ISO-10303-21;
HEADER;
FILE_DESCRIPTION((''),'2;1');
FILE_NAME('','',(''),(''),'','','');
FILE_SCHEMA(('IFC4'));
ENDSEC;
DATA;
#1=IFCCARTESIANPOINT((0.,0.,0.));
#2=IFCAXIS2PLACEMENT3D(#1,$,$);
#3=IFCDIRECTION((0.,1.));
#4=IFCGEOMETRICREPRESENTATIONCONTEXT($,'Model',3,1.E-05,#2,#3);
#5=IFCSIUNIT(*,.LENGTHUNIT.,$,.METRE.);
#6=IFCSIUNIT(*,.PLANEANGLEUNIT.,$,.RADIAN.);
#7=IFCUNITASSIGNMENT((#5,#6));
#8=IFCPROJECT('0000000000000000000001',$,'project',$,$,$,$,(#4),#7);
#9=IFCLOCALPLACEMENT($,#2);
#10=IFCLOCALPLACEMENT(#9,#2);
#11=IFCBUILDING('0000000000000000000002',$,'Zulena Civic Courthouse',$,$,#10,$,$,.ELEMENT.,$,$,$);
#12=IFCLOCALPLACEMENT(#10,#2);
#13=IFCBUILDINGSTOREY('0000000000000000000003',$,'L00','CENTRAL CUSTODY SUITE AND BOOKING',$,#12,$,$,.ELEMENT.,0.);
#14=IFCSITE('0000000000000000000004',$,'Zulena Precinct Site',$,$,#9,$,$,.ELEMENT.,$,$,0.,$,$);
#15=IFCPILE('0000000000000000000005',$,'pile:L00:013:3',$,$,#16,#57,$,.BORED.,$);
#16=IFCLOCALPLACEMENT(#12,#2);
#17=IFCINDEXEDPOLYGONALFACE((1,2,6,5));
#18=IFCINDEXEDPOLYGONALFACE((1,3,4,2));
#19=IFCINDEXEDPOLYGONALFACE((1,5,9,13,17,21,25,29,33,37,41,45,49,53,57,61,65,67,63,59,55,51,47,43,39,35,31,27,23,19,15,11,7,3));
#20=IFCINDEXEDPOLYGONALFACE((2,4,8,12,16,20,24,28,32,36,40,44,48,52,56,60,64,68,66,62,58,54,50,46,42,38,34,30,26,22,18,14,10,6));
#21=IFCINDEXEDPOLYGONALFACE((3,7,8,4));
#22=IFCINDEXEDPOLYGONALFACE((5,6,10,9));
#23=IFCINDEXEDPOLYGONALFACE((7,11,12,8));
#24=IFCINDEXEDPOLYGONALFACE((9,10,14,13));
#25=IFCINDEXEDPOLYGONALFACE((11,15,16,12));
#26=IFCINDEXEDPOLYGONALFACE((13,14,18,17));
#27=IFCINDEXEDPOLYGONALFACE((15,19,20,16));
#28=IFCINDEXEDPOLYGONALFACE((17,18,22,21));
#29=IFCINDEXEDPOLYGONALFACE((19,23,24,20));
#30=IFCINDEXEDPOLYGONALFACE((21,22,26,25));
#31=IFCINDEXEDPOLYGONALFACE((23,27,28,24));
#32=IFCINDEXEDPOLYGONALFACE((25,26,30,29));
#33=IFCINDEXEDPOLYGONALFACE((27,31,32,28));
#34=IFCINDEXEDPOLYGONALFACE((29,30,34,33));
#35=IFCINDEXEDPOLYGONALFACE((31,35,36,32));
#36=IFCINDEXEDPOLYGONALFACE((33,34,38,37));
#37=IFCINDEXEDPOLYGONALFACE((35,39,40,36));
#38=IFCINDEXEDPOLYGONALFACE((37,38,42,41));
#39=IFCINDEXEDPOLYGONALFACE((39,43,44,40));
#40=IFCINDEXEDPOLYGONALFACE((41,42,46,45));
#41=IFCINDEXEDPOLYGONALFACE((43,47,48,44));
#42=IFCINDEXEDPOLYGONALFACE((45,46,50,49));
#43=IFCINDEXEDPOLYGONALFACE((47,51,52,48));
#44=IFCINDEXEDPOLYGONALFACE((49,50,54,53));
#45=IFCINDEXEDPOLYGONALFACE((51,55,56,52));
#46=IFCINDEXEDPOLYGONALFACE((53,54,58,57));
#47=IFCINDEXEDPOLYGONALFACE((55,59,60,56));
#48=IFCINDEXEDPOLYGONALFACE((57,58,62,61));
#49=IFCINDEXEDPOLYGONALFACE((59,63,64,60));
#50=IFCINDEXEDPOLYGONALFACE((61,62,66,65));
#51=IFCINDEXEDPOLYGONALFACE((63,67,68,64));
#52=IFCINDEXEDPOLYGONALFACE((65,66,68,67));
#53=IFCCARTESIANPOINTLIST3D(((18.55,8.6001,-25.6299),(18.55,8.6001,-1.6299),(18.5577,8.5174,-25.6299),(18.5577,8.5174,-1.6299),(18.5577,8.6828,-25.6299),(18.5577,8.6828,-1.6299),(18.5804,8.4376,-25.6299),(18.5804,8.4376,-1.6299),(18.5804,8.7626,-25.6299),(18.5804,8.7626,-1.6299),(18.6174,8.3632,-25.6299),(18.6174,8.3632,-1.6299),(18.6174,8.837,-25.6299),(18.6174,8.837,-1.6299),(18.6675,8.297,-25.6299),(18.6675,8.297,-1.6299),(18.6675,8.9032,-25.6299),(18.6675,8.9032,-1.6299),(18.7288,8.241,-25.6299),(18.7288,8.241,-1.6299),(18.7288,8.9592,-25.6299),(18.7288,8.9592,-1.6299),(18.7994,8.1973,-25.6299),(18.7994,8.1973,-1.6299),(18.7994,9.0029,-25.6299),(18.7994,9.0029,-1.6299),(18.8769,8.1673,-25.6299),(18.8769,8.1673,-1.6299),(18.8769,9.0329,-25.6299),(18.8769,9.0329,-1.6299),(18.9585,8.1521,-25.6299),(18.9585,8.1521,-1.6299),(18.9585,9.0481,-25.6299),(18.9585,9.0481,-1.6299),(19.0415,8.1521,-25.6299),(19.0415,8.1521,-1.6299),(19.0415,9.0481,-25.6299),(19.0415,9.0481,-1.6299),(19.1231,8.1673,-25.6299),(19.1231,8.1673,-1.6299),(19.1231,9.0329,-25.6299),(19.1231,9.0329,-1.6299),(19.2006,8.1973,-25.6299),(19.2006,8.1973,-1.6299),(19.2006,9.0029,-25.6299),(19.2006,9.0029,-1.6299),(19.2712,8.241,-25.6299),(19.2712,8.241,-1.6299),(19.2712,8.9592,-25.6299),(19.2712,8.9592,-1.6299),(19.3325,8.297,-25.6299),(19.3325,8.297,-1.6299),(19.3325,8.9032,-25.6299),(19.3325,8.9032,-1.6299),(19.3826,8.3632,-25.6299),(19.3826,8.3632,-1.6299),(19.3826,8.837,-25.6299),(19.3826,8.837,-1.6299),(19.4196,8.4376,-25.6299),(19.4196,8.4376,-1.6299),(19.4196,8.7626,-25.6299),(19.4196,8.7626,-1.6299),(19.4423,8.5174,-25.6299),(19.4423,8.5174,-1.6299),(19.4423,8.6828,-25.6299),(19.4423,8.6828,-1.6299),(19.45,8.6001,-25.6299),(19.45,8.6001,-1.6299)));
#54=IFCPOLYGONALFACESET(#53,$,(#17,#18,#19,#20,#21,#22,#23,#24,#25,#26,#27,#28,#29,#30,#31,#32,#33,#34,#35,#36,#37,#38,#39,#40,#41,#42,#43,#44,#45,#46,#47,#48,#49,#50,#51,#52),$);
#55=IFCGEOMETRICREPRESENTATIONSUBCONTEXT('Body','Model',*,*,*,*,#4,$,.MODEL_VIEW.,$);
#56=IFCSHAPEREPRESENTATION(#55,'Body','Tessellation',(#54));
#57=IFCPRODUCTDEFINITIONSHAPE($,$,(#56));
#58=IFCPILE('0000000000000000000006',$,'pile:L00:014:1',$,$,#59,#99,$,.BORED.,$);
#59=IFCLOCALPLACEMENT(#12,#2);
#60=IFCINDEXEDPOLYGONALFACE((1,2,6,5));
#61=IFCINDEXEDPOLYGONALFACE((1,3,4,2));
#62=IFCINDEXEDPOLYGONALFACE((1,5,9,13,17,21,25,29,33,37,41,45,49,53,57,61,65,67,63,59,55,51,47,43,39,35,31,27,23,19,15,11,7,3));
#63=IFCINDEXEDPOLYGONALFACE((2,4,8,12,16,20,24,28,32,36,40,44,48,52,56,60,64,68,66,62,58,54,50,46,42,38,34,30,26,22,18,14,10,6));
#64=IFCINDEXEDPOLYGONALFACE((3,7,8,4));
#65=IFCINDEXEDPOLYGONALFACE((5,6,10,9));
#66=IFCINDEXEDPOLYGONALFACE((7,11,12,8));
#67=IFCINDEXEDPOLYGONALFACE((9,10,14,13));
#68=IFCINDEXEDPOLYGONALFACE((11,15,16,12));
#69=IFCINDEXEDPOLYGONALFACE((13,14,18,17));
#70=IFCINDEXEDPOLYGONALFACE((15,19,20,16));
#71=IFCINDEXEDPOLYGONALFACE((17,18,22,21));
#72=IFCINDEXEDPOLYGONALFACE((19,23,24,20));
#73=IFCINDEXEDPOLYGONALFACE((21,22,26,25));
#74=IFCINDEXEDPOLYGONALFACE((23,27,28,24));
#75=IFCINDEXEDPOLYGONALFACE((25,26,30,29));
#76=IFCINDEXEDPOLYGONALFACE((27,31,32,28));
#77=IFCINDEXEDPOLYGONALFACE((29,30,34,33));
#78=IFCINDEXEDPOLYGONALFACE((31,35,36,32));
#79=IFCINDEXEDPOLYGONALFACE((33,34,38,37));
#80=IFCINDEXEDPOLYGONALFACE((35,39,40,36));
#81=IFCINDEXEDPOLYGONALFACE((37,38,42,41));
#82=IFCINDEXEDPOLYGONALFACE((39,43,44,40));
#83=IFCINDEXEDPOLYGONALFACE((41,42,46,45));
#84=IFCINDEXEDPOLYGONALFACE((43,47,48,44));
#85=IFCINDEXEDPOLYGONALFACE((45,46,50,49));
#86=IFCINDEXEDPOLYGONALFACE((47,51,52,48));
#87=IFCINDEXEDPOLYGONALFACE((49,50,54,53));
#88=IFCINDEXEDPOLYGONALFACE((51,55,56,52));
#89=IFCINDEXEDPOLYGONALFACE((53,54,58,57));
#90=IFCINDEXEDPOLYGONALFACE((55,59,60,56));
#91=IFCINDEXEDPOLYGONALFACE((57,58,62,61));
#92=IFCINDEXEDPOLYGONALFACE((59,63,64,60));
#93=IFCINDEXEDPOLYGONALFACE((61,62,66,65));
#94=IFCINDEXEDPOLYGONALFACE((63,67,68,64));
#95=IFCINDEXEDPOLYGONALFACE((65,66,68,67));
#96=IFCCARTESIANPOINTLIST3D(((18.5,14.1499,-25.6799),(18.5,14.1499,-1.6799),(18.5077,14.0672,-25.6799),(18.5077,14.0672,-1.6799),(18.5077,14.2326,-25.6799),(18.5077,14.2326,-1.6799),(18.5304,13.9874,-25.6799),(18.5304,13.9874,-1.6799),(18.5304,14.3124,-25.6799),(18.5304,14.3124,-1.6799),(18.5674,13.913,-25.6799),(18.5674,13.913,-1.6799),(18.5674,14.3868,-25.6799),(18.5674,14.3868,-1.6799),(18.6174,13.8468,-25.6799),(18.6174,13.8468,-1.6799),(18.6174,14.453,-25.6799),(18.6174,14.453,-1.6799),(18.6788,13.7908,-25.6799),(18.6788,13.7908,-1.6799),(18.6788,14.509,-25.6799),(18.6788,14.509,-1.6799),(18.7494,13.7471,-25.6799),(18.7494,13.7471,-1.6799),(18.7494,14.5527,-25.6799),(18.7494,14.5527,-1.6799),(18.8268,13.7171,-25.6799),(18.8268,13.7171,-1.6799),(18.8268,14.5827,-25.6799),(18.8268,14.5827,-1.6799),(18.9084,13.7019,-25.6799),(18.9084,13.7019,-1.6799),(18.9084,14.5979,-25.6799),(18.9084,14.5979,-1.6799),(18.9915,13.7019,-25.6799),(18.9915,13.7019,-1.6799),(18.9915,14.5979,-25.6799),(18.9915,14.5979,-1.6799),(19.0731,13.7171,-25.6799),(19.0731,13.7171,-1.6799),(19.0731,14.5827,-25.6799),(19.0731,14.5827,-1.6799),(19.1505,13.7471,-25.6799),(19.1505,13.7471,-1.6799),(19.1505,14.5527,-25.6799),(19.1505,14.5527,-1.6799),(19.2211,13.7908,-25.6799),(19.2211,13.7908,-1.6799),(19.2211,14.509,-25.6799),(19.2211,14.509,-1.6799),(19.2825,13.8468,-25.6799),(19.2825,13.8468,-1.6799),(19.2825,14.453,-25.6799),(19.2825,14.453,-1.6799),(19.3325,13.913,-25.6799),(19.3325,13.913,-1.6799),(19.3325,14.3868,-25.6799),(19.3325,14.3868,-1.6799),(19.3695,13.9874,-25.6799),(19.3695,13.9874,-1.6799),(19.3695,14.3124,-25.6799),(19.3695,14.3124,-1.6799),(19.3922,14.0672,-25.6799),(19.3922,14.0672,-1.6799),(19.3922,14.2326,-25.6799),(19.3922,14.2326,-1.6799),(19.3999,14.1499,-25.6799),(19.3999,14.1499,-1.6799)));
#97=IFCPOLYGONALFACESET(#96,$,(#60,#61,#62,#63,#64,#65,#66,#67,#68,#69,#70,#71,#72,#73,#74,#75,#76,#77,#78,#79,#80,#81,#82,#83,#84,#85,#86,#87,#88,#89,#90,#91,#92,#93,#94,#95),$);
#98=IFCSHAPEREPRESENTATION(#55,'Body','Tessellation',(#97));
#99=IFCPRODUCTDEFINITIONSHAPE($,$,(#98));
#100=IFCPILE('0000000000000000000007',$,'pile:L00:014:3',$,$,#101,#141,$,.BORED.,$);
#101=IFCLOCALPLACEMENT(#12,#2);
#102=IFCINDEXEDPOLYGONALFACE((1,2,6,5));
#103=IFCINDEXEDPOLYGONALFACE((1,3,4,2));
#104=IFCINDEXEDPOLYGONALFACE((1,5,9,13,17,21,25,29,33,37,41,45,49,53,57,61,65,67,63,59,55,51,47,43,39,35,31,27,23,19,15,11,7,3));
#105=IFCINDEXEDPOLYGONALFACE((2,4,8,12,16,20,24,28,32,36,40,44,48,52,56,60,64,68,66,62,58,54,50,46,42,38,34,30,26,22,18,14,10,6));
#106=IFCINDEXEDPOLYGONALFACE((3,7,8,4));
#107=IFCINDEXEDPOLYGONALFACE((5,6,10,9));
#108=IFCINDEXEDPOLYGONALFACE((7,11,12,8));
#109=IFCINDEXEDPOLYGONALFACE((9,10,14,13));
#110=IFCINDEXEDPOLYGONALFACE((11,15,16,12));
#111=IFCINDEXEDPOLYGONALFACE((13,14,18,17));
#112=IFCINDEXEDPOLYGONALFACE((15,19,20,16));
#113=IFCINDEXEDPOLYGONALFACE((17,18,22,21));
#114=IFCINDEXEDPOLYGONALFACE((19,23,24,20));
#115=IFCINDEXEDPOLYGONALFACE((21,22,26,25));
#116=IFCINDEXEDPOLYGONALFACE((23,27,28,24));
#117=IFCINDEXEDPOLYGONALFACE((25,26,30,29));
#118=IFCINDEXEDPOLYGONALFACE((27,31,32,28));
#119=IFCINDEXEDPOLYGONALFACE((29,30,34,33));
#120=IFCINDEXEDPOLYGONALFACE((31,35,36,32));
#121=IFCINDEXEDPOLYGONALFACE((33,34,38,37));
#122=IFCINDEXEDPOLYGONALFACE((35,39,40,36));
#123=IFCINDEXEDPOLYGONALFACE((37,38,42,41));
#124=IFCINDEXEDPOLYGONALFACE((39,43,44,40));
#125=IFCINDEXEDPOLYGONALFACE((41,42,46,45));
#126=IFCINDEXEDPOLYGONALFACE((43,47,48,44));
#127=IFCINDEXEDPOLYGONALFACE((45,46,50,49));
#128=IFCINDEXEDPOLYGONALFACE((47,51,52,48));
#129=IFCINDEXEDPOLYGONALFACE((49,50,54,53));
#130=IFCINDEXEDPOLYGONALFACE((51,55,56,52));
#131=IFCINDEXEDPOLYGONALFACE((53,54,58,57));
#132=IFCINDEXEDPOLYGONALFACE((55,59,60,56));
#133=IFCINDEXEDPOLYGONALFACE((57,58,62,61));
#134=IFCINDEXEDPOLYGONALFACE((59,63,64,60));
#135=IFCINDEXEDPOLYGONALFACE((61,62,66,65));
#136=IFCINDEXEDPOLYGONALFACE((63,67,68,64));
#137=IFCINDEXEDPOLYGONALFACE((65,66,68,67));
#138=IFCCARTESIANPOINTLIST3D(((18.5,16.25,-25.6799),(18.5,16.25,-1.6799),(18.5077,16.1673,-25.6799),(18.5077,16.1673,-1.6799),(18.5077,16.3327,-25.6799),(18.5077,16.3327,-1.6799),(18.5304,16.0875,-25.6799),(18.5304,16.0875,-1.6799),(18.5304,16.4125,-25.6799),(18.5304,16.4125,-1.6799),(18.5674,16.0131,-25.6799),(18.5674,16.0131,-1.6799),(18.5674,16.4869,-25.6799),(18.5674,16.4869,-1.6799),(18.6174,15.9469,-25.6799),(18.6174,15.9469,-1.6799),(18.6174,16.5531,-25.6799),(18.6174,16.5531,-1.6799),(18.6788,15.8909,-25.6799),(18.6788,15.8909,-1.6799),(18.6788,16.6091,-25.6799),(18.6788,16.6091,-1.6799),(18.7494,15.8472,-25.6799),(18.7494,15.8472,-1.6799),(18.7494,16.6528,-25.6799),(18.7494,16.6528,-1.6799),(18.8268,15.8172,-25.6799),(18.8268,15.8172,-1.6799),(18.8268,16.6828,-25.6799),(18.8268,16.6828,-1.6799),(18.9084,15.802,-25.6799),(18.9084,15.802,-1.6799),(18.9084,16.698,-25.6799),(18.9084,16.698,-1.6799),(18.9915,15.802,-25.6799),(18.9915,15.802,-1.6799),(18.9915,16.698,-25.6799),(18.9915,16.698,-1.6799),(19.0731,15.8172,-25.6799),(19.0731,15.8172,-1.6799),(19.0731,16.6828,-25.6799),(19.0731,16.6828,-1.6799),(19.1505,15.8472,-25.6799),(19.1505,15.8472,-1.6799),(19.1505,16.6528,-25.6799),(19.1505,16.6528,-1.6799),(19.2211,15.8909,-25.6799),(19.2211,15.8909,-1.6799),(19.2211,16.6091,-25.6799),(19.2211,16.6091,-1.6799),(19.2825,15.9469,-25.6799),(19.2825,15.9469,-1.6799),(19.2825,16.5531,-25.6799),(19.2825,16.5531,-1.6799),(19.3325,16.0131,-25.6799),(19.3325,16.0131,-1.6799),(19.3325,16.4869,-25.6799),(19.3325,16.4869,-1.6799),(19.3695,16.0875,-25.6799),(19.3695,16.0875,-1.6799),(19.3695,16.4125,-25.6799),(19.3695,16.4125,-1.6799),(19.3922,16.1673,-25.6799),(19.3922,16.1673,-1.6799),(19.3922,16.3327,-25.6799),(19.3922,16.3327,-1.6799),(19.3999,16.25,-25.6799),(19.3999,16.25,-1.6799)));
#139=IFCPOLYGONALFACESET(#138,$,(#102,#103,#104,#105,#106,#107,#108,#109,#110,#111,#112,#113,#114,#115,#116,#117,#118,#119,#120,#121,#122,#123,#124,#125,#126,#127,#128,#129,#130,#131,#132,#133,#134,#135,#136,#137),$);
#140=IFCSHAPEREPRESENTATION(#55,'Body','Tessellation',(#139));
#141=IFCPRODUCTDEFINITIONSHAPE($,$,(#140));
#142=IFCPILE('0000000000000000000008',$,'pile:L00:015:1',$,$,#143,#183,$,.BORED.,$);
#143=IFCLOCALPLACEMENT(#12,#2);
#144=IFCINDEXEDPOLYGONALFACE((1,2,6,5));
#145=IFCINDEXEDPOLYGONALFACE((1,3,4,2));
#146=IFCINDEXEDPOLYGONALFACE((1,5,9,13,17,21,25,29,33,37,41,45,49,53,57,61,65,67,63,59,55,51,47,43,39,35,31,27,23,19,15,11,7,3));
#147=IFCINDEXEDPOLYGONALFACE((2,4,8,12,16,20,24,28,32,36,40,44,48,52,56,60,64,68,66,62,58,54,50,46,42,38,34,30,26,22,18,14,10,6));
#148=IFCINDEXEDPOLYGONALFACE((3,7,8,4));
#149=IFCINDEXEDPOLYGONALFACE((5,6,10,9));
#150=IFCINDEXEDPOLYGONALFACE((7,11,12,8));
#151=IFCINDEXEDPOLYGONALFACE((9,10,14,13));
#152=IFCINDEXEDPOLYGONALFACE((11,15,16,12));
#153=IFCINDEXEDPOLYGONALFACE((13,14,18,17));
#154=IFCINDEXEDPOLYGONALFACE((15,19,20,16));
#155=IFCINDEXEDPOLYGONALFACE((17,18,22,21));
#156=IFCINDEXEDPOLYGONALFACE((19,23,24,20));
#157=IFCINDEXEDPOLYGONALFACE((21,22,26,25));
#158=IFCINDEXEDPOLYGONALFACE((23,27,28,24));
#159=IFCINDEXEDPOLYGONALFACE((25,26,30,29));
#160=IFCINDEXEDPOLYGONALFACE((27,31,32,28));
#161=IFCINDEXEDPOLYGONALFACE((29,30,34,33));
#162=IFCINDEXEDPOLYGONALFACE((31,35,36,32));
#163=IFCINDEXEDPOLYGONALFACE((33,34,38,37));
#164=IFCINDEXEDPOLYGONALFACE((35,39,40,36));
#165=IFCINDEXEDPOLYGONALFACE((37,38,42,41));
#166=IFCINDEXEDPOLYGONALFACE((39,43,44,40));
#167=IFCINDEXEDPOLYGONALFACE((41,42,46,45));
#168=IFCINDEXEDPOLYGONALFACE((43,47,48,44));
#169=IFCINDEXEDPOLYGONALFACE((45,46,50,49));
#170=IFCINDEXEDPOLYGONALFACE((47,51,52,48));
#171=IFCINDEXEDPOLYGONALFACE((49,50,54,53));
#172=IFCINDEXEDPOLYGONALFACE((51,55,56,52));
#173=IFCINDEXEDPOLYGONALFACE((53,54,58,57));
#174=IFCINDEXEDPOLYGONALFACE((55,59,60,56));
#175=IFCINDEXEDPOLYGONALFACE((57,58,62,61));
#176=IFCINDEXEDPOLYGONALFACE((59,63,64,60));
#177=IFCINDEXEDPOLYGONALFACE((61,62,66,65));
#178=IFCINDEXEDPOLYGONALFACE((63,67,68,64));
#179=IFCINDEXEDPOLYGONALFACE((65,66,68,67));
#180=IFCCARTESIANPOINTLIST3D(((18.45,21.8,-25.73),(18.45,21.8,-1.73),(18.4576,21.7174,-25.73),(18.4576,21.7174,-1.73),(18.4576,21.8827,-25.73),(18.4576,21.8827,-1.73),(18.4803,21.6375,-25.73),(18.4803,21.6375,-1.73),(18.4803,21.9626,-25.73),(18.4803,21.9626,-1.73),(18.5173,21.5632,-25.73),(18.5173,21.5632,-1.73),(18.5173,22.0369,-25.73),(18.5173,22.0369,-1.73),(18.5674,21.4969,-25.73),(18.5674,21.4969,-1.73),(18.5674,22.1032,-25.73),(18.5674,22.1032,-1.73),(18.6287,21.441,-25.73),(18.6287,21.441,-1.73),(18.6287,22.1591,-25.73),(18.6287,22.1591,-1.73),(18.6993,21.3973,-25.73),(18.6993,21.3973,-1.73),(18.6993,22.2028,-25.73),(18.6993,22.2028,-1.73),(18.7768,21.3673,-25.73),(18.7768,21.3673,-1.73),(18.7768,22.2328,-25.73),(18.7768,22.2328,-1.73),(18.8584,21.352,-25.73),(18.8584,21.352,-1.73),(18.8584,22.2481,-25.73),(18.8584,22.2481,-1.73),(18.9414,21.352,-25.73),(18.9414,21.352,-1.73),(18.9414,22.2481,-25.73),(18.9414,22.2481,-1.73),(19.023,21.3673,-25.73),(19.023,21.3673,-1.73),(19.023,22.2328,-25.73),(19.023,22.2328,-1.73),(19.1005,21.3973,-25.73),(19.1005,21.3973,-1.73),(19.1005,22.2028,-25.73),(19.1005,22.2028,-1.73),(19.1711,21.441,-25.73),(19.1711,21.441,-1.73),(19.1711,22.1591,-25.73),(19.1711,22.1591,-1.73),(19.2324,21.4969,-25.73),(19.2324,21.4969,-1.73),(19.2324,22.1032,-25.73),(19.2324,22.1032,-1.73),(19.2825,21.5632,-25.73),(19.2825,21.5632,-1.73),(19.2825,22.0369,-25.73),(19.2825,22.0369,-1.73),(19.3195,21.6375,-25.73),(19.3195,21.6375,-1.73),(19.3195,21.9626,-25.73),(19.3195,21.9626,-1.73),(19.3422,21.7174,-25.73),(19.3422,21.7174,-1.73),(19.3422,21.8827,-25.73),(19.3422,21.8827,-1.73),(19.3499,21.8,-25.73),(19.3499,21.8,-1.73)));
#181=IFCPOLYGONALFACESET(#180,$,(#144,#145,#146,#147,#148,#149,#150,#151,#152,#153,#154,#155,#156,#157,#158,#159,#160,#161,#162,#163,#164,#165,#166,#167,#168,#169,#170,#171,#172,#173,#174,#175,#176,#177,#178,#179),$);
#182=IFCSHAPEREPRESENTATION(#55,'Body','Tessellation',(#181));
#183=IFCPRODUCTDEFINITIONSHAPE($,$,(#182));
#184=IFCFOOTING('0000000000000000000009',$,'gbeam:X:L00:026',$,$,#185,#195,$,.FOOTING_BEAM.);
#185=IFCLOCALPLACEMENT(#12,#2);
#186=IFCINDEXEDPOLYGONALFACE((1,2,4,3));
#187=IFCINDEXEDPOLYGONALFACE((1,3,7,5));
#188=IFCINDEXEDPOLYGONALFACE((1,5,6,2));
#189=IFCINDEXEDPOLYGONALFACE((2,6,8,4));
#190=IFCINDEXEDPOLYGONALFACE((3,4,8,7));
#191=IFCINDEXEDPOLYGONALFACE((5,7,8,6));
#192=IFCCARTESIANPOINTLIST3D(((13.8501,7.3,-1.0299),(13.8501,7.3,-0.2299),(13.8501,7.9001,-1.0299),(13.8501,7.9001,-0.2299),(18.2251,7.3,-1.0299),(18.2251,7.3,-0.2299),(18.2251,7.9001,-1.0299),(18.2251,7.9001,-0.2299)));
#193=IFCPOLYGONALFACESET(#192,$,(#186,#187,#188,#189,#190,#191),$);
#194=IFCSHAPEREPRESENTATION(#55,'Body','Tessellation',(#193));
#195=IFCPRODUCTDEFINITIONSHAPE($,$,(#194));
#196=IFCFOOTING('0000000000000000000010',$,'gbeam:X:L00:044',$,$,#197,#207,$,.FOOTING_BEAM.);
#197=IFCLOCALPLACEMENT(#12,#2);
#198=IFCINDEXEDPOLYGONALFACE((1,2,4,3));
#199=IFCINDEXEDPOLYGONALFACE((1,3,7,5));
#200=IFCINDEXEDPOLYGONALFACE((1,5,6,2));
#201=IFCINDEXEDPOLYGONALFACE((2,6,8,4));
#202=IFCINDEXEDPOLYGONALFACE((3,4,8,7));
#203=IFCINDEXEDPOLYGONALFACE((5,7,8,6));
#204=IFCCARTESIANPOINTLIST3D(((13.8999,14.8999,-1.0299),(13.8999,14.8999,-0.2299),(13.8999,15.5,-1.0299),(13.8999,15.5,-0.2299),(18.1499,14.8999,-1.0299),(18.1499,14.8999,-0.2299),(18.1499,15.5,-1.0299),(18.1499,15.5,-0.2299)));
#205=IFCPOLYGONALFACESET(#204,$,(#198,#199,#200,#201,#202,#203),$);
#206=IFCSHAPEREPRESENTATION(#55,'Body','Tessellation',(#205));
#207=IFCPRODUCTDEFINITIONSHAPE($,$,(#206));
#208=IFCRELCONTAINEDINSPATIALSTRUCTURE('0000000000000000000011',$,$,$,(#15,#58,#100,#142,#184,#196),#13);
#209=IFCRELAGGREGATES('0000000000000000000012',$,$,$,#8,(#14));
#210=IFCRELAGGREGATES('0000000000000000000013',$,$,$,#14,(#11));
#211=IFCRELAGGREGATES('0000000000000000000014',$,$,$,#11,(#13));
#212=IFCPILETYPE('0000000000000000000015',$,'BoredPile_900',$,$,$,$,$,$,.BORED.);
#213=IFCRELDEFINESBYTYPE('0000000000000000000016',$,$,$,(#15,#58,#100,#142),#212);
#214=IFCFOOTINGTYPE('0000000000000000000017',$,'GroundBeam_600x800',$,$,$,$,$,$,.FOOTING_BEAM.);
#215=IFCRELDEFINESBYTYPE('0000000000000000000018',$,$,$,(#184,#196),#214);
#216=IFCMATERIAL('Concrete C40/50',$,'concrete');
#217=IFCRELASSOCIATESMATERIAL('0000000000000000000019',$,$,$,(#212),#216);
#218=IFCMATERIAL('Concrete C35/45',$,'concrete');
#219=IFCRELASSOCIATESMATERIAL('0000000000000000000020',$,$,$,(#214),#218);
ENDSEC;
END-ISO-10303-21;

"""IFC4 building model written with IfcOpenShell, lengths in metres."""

from ifc_helpers import new_model, si_unit, direction, frame, origin, origin_2d, place, context, subcontext, project, spatial, rectangle, circle, extrude, material, material_profile, profile_set, type_object, element, save


model = new_model("IFC4")

# Units and contexts
model_context = context("Model", 3, precision=1e-05, world=origin(), true_north=direction((0.0, 1.0)))
body_context = subcontext(model_context, "Body", "Model", "MODEL_VIEW")
ifc_project = project(units=[si_unit("LENGTHUNIT", "METRE"), si_unit("PLANEANGLEUNIT", "RADIAN")], contexts=[model_context])

# Site, building, storey
site_placement = place(None, origin())
site = spatial("IfcSite", under=ifc_project, at=site_placement, Name="Zulena Precinct Site", CompositionType="ELEMENT", RefElevation=0.0)
building_placement = place(site_placement, origin())
building = spatial("IfcBuilding", under=site, at=building_placement, Name="Zulena Civic Courthouse", CompositionType="ELEMENT")
storey_placement = place(building_placement, origin())
storey = spatial("IfcBuildingStorey", under=building, at=storey_placement, Name="L00", Description="CENTRAL CUSTODY SUITE AND BOOKING", CompositionType="ELEMENT", Elevation=0.0)

# Piles
ifc_material_1 = material(Name="Concrete C40/50", Category="concrete")
ifc_material_profile_1 = material_profile(ifc_material_1, circle(Radius=0.45, at=origin_2d()), Name="PILE900")
ifc_profile_set_1 = profile_set([ifc_material_profile_1], Name="Concrete C40/50")
pile_type_1 = type_object("IfcPileType", Name="BoredPile_900", PredefinedType="BORED", material=ifc_profile_set_1)
for number, where, z_axis, x_axis, name in (
    (1, (19.0, 8.6001, -1.6299), (0.0, 0.0, -1.0), (1.0, 0.0, 0.0), "pile:L00:013:3"),
    (2, (18.95, 14.1499, -1.6799), (0.0, 0.0, -1.0), (1.0, 0.0, 0.0), "pile:L00:014:1"),
    (3, (18.95, 16.25, -1.6799), (0.0, 0.0, -1.0), (1.0, 0.0, 0.0), "pile:L00:014:3"),
    (4, (18.8999, 21.8, -1.73), (0.0, 0.0, -1.0), (1.0, 0.0, 0.0), "pile:L00:015:1"),
):
    element("IfcPile", number, at=place(storey_placement, frame(where, z_axis=z_axis, x_axis=x_axis)), inside=storey, type_object=pile_type_1, Name=name, PredefinedType="BORED", context=body_context, shape_type="SweptSolid", body=[
        extrude(circle(Radius=0.45, at=origin_2d()), origin(), (0.0, 0.0, 1.0), 24.0),
    ])

# Footings
ifc_material_2 = material(Name="Concrete C35/45", Category="concrete")
ifc_material_profile_2 = material_profile(ifc_material_2, rectangle(XDim=0.6001, YDim=0.8, at=origin_2d()), Name="RC600X800")
ifc_profile_set_2 = profile_set([ifc_material_profile_2], Name="Concrete C35/45")
footing_type_1 = type_object("IfcFootingType", Name="GroundBeam_600x800", PredefinedType="FOOTING_BEAM", material=ifc_profile_set_2)
footing_1_placement = place(storey_placement, frame((13.8501, 7.6001, -0.6299), z_axis=(1.0, 0.0, 0.0), x_axis=(0.0, 1.0, 0.0)))
element("IfcFooting", 5, at=footing_1_placement, inside=storey, type_object=footing_type_1, Name="gbeam:X:L00:026", PredefinedType="FOOTING_BEAM", context=body_context, shape_type="SweptSolid", body=[
    extrude(rectangle(XDim=0.6001, YDim=0.8, at=origin_2d()), origin(), (0.0, 0.0, 1.0), 4.375),
])
footing_2_placement = place(storey_placement, frame((13.8999, 15.2, -0.6299), z_axis=(1.0, 0.0, 0.0), x_axis=(0.0, 1.0, 0.0)))
element("IfcFooting", 6, at=footing_2_placement, inside=storey, type_object=footing_type_1, Name="gbeam:X:L00:044", PredefinedType="FOOTING_BEAM", context=body_context, shape_type="SweptSolid", body=[
    extrude(rectangle(XDim=0.6001, YDim=0.8, at=origin_2d()), origin(), (0.0, 0.0, 1.0), 4.25),
])

save(model, "model.ifc")
